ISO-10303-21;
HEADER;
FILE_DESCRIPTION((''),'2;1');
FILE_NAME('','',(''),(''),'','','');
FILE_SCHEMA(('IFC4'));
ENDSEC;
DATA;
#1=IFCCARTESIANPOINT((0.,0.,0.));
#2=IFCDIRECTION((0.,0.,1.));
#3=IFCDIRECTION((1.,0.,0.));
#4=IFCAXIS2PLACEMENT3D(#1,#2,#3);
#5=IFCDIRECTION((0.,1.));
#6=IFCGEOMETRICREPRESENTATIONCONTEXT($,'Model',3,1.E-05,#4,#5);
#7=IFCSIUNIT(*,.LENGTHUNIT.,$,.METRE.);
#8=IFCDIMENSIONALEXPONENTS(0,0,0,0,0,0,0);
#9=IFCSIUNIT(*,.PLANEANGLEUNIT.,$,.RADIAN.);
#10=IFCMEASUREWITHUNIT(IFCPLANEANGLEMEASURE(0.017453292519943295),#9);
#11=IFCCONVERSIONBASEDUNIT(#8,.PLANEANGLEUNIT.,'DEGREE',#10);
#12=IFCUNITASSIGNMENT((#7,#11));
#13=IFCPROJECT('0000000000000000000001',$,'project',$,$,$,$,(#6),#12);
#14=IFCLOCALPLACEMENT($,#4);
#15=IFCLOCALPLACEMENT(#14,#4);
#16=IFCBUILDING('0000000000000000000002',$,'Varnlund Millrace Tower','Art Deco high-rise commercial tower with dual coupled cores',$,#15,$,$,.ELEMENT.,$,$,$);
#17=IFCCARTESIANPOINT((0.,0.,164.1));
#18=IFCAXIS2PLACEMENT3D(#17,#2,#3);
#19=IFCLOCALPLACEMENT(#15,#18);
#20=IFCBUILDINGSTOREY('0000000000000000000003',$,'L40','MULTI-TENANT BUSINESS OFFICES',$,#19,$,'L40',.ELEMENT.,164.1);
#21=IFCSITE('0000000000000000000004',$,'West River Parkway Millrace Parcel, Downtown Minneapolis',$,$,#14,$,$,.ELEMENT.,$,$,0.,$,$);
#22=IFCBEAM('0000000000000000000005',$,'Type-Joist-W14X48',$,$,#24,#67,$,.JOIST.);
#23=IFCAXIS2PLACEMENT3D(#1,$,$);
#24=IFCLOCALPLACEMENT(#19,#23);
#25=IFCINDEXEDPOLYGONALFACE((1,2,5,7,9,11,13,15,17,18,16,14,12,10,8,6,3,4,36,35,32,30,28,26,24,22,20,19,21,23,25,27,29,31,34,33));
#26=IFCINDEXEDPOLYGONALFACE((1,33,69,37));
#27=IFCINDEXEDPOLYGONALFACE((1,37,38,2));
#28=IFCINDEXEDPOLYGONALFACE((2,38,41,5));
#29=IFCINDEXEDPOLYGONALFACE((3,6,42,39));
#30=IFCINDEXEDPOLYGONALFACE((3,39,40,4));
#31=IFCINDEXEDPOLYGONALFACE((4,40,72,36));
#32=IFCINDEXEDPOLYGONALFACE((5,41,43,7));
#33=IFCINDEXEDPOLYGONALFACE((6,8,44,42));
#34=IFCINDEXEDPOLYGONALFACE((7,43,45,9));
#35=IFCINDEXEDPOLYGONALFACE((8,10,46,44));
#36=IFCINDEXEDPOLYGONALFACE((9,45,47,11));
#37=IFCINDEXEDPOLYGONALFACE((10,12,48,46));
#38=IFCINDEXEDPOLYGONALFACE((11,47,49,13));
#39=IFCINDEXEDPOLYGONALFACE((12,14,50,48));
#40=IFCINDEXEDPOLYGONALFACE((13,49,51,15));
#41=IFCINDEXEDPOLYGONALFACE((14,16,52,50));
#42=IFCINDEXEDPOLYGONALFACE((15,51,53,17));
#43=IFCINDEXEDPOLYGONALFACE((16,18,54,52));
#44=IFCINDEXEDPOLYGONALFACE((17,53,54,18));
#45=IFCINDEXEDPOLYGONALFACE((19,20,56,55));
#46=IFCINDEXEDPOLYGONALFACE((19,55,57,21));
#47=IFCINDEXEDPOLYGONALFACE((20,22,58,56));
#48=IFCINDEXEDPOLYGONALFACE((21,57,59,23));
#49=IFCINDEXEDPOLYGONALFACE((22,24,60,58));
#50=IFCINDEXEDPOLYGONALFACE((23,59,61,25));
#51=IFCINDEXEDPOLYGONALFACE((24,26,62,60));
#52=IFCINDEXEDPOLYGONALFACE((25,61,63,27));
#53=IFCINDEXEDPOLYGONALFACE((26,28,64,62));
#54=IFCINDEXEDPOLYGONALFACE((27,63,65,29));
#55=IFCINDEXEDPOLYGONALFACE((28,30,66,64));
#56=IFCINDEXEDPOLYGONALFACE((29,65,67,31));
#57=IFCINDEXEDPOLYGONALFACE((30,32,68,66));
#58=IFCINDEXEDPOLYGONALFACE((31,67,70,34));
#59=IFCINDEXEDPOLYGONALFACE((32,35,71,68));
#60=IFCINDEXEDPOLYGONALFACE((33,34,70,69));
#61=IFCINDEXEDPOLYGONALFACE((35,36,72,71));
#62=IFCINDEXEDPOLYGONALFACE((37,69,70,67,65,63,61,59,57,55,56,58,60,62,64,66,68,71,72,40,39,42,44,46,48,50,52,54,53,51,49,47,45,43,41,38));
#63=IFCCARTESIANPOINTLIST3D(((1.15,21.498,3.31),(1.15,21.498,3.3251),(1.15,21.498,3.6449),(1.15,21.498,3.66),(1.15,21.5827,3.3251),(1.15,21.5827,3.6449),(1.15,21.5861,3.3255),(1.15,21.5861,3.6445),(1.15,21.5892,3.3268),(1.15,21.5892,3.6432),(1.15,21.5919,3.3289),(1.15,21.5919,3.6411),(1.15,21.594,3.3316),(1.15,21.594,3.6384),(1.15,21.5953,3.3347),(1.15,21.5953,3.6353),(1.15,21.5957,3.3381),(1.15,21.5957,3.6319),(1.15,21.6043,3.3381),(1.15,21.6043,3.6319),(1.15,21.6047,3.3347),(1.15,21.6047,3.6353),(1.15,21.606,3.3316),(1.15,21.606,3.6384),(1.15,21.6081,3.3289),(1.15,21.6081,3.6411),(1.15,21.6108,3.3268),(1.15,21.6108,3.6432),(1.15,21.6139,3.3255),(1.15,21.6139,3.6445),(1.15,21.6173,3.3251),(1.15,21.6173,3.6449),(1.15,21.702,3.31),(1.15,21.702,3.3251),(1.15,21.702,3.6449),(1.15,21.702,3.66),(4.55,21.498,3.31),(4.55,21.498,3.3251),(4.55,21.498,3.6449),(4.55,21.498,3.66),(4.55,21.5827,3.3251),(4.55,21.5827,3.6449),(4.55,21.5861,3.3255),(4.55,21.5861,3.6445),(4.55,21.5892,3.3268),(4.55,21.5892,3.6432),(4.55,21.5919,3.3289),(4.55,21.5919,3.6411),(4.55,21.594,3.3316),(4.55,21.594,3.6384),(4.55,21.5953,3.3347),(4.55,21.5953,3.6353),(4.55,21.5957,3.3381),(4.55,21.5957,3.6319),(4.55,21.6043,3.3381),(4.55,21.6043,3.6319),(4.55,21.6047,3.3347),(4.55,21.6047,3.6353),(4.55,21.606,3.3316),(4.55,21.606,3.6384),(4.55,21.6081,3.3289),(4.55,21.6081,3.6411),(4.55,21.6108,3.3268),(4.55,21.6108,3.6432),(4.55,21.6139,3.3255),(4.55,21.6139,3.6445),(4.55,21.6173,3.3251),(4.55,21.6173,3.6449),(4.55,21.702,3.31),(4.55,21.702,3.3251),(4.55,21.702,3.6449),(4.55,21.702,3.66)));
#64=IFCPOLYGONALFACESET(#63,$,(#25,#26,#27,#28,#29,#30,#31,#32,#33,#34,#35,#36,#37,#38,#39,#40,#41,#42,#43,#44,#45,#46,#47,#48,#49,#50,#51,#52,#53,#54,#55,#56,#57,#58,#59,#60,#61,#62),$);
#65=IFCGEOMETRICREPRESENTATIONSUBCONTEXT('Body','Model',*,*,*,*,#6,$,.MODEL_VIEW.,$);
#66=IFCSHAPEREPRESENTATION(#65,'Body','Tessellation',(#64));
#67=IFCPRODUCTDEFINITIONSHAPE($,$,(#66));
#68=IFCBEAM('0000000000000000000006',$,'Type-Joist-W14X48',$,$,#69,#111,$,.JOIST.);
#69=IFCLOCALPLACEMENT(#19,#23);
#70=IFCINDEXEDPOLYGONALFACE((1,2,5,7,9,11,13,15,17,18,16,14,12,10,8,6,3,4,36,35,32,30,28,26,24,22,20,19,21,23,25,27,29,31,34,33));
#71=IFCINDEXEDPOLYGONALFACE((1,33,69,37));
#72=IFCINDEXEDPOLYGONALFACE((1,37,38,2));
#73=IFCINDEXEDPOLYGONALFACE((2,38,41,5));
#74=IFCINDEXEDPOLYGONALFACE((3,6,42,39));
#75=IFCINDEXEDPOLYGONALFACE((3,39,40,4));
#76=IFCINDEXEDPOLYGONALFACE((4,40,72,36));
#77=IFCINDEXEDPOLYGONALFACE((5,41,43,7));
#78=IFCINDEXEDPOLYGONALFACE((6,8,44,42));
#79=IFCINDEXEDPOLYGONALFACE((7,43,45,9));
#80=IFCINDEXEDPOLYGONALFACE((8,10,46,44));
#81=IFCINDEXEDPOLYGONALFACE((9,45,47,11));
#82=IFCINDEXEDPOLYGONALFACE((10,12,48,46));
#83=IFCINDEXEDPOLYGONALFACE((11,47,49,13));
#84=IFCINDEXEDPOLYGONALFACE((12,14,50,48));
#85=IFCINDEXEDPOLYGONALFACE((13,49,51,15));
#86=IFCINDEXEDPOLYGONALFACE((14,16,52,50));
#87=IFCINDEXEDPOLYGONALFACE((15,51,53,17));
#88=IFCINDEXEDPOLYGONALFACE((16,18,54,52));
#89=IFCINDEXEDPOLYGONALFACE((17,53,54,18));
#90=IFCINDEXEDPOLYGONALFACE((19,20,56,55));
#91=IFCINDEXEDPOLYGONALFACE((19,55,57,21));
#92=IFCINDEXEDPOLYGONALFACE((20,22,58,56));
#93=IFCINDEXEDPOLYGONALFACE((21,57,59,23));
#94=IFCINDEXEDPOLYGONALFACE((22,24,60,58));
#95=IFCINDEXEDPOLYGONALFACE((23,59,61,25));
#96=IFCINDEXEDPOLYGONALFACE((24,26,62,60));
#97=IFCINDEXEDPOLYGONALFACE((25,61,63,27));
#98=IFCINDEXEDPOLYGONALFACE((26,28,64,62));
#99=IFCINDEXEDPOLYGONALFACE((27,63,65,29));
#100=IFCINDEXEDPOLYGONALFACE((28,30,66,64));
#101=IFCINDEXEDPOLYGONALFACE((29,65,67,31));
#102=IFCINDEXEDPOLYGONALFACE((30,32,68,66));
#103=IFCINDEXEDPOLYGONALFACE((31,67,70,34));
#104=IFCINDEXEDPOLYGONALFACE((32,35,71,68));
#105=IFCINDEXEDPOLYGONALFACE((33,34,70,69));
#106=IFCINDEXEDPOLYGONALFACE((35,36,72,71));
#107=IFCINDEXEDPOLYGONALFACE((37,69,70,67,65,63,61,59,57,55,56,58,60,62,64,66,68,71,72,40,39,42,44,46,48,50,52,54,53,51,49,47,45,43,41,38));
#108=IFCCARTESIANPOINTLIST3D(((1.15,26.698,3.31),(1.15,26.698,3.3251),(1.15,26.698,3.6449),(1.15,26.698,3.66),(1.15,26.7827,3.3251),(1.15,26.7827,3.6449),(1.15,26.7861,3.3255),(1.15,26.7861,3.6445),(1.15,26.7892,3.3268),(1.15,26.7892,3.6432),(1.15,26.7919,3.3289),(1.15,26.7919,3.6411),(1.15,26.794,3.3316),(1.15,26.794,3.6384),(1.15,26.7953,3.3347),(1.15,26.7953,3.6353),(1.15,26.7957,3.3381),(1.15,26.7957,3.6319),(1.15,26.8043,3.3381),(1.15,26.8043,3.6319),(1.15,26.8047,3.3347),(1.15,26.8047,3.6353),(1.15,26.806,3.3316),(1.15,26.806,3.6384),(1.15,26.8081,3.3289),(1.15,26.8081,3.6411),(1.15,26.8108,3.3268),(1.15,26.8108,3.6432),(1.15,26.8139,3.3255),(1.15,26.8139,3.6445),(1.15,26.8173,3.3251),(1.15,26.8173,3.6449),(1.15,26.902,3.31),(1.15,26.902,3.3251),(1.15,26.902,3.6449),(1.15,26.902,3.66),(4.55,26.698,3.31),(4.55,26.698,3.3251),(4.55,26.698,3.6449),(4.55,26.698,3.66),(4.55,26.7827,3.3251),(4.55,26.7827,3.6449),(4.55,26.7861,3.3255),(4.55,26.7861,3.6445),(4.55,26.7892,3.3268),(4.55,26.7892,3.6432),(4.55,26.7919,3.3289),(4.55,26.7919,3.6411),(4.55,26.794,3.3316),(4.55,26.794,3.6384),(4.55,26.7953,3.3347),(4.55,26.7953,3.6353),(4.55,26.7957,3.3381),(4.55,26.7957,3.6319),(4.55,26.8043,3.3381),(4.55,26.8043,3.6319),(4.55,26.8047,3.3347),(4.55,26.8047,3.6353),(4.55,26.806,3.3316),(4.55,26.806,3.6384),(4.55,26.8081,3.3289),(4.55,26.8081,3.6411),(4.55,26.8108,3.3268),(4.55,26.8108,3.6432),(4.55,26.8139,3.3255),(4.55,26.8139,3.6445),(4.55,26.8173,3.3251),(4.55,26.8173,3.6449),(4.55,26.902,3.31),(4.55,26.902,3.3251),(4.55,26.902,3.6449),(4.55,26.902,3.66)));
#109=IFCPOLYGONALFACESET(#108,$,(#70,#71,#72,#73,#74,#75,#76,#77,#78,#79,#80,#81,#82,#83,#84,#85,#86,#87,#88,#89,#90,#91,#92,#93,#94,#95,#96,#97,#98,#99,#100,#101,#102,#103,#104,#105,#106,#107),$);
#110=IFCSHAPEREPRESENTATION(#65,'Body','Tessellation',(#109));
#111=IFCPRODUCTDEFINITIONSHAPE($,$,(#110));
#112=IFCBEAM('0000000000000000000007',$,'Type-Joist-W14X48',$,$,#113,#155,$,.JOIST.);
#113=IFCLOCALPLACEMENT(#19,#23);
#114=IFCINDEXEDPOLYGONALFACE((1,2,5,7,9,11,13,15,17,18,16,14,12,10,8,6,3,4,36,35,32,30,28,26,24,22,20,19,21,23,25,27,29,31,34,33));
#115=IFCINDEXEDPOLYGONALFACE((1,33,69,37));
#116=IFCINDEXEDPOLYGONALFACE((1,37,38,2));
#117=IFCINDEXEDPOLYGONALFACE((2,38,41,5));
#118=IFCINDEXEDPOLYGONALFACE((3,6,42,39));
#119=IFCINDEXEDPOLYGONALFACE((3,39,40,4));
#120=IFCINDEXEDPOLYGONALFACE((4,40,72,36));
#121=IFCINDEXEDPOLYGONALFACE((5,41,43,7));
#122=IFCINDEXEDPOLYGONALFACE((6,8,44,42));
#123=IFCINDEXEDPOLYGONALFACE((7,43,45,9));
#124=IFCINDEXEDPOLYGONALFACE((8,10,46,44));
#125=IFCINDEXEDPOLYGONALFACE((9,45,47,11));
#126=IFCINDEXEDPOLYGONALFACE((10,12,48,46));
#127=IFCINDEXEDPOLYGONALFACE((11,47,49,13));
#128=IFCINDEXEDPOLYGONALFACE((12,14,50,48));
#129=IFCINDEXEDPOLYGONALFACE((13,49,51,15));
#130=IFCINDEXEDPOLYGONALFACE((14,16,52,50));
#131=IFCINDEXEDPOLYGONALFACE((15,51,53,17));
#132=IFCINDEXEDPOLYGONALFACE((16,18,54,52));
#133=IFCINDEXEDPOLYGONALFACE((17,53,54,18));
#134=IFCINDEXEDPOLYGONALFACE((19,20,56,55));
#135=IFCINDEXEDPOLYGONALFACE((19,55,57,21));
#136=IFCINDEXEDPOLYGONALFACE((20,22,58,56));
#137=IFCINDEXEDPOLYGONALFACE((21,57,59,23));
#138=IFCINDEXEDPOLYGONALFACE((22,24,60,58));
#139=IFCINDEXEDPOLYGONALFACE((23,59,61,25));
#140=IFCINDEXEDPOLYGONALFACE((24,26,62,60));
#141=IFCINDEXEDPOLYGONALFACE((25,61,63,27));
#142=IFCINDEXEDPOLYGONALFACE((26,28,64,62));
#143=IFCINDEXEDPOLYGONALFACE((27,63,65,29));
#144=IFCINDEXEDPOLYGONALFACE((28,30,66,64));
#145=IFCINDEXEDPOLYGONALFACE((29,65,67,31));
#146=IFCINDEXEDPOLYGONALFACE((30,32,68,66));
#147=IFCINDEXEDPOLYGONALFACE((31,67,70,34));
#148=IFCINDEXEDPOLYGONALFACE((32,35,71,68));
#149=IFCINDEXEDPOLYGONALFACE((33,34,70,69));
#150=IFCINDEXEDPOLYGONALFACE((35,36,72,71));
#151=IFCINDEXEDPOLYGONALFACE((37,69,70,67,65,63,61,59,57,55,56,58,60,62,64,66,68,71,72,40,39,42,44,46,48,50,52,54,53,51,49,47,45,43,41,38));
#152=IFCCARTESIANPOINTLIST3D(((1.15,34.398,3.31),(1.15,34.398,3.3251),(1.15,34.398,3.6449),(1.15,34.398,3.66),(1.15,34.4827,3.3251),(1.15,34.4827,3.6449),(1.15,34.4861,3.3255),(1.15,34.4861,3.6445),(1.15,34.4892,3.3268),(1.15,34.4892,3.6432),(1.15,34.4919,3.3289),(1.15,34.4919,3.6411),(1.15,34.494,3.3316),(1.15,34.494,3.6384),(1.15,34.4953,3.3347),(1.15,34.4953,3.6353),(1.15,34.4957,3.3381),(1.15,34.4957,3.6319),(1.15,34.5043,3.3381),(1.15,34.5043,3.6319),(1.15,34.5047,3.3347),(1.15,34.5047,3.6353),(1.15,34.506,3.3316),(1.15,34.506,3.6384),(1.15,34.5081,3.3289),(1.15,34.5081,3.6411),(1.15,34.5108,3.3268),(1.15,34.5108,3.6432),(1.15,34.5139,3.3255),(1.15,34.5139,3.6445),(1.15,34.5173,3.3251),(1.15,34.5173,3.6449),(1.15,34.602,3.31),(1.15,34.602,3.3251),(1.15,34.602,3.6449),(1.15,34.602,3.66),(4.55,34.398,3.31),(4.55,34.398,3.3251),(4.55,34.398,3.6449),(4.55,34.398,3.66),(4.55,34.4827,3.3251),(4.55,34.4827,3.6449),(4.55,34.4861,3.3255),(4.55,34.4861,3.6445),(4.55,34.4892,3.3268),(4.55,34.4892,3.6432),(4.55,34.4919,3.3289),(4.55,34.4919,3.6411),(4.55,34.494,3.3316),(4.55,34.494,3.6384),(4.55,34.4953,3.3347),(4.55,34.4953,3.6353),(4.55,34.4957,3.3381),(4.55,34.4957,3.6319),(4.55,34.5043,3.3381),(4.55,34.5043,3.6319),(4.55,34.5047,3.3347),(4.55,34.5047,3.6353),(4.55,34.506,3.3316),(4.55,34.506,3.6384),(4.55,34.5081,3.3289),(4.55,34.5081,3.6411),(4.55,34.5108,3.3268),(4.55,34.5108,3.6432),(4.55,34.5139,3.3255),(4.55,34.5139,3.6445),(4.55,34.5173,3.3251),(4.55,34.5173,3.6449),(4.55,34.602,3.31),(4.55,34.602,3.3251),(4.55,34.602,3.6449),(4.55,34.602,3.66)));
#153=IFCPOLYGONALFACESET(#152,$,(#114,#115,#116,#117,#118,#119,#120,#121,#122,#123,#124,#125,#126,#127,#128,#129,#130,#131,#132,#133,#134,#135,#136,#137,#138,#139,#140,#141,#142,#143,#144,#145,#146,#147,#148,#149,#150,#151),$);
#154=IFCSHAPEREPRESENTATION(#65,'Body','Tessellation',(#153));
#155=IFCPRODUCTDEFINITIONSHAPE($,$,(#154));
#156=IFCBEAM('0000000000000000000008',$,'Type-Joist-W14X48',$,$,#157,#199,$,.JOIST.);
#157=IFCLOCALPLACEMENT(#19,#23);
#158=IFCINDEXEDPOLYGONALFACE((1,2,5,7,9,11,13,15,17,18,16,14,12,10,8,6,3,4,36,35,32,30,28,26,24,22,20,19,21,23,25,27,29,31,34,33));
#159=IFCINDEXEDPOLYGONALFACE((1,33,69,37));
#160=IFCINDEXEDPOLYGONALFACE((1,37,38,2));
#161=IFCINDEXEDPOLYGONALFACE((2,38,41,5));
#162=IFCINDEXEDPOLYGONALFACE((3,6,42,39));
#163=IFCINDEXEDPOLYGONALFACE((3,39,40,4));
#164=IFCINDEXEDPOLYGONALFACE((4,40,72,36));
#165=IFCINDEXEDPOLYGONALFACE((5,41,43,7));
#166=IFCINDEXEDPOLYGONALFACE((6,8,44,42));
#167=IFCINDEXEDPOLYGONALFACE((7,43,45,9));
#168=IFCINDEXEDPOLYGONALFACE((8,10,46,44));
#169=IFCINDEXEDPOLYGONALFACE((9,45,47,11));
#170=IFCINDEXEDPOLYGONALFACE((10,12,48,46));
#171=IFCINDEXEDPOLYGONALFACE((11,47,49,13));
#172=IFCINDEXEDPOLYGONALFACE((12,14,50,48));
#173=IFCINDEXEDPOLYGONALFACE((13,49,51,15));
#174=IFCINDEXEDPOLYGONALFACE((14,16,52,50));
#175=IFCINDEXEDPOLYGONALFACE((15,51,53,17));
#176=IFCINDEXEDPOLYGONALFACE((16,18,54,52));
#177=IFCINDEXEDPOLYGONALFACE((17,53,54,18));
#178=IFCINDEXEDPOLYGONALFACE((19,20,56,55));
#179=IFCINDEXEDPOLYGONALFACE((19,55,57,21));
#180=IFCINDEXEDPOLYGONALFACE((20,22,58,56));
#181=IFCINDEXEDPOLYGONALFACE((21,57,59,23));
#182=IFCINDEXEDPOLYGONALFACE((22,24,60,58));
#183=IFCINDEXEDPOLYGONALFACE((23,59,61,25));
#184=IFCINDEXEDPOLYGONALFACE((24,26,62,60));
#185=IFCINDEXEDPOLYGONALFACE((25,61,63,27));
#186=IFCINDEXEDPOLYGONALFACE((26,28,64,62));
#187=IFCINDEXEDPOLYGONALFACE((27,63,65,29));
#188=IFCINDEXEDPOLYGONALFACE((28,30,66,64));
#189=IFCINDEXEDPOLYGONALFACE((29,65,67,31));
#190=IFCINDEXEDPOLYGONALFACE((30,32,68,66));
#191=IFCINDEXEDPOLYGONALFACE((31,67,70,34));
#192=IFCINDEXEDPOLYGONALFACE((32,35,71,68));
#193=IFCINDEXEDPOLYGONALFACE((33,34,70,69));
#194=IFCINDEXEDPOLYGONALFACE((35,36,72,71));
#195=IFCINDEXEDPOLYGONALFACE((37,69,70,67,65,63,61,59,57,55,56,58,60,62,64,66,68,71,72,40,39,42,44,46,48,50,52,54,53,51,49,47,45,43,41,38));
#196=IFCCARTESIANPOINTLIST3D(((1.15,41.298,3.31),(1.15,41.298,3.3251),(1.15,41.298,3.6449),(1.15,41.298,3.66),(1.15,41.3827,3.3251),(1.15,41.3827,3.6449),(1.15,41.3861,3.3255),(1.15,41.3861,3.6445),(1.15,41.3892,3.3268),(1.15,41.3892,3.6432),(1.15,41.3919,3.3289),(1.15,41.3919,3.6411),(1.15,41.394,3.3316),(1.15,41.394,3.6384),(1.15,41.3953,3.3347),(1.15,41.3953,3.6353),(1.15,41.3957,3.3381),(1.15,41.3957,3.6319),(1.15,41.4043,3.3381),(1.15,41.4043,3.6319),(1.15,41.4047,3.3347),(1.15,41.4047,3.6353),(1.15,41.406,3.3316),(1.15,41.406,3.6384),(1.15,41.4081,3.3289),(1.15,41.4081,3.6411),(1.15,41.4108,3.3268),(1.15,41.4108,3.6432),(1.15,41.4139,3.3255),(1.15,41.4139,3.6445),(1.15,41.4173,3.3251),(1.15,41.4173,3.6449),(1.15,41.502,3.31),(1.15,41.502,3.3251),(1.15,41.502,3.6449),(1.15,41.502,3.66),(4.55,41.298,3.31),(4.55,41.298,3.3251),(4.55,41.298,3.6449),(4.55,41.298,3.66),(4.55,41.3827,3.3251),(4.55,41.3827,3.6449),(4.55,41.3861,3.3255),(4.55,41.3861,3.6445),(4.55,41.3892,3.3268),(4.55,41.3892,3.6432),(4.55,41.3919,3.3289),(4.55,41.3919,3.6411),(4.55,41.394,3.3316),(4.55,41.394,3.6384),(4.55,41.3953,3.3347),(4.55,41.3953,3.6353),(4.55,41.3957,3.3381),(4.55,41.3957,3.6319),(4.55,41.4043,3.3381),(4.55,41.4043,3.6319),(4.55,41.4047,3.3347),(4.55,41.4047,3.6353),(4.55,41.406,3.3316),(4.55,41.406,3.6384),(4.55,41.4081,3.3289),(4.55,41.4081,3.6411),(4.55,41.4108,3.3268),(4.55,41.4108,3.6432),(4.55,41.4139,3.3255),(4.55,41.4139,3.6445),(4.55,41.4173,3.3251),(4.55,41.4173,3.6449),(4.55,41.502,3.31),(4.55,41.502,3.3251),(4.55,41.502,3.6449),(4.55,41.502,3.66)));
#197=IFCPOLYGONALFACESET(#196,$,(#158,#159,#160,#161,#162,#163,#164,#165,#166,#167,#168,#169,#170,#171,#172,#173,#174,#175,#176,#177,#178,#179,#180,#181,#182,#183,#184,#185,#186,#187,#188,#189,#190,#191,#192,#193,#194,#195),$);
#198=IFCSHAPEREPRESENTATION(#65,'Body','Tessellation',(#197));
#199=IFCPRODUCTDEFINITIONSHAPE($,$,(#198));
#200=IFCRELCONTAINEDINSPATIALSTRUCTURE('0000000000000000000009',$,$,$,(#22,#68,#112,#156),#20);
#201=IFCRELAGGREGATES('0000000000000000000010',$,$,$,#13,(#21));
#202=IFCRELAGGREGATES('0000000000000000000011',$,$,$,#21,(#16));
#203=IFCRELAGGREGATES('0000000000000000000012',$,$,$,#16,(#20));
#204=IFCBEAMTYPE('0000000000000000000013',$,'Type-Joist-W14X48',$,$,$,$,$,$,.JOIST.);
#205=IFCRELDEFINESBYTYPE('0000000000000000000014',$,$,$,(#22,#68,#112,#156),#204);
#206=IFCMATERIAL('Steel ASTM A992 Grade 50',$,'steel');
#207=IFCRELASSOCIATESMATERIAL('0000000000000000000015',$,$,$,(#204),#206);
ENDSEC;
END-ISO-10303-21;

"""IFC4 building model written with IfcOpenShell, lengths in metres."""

from ifc_helpers import new_model, entity, si_unit, converted_unit, direction, frame, origin_with_axes, origin_2d_with_axis, place, context, subcontext, project, spatial, i_section, extrude, material, material_profile, profile_set, type_object, element, save


model = new_model("IFC4")

# Units and contexts
model_context = context("Model", 3, precision=1e-05, world=origin_with_axes(), true_north=direction((0.0, 1.0)))
body_context = subcontext(model_context, "Body", "Model", "MODEL_VIEW")
ifc_project = project(units=[si_unit("LENGTHUNIT", "METRE"), converted_unit("PLANEANGLEUNIT", "DEGREE", entity("IfcPlaneAngleMeasure", 0.017453292519943295), si_unit("PLANEANGLEUNIT", "RADIAN"), dimensions=[0, 0, 0, 0, 0, 0, 0])], contexts=[model_context])

# Site, building, storey
site_placement = place(None, origin_with_axes())
site = spatial("IfcSite", under=ifc_project, at=site_placement, Name="West River Parkway Millrace Parcel, Downtown Minneapolis", CompositionType="ELEMENT", RefElevation=0.0)
building_placement = place(site_placement, origin_with_axes())
building = spatial("IfcBuilding", under=site, at=building_placement, Name="Varnlund Millrace Tower", Description="Art Deco high-rise commercial tower with dual coupled cores", CompositionType="ELEMENT")
storey_placement = place(building_placement, frame((0.0, 0.0, 164.1), z_axis=(0.0, 0.0, 1.0), x_axis=(1.0, 0.0, 0.0)))
storey = spatial("IfcBuildingStorey", under=building, at=storey_placement, Name="L40", Description="MULTI-TENANT BUSINESS OFFICES", LongName="L40", CompositionType="ELEMENT", Elevation=164.1)

# Beams
ifc_material_1 = material(Name="Steel ASTM A992 Grade 50", Category="steel")
ifc_material_profile_1 = material_profile(ifc_material_1, i_section(OverallWidth=0.204, OverallDepth=0.35, WebThickness=0.0086, FlangeThickness=0.0151, FilletRadius=0.013, at=origin_2d_with_axis()), Name="Steel ASTM A992 Grade 50")
ifc_profile_set_1 = profile_set([ifc_material_profile_1], Name="Steel ASTM A992 Grade 50")
beam_type_1 = type_object("IfcBeamType", Name="Type-Joist-W14X48", PredefinedType="JOIST", material=ifc_profile_set_1)
for number, where, z_axis, x_axis, name in (
    (1, (1.15, 21.6, 3.485), (1.0, 0.0, 0.0), (0.0, 1.0, 0.0), "Type-Joist-W14X48"),
    (2, (1.15, 26.8, 3.485), (1.0, 0.0, 0.0), (0.0, 1.0, 0.0), "Type-Joist-W14X48"),
    (3, (1.15, 34.5, 3.485), (1.0, 0.0, 0.0), (0.0, 1.0, 0.0), "Type-Joist-W14X48"),
    (4, (1.15, 41.4, 3.485), (1.0, 0.0, 0.0), (0.0, 1.0, 0.0), "Type-Joist-W14X48"),
):
    element("IfcBeam", number, at=place(storey_placement, frame(where, z_axis=z_axis, x_axis=x_axis)), inside=storey, type_object=beam_type_1, Name=name, PredefinedType="JOIST", context=body_context, shape_type="SweptSolid", body=[
        extrude(i_section(OverallWidth=0.204, OverallDepth=0.35, WebThickness=0.0086, FlangeThickness=0.0151, FilletRadius=0.013, at=origin_2d_with_axis()), origin_with_axes(), (0.0, 0.0, 1.0), 3.4),
    ])

save(model, "model.ifc")
